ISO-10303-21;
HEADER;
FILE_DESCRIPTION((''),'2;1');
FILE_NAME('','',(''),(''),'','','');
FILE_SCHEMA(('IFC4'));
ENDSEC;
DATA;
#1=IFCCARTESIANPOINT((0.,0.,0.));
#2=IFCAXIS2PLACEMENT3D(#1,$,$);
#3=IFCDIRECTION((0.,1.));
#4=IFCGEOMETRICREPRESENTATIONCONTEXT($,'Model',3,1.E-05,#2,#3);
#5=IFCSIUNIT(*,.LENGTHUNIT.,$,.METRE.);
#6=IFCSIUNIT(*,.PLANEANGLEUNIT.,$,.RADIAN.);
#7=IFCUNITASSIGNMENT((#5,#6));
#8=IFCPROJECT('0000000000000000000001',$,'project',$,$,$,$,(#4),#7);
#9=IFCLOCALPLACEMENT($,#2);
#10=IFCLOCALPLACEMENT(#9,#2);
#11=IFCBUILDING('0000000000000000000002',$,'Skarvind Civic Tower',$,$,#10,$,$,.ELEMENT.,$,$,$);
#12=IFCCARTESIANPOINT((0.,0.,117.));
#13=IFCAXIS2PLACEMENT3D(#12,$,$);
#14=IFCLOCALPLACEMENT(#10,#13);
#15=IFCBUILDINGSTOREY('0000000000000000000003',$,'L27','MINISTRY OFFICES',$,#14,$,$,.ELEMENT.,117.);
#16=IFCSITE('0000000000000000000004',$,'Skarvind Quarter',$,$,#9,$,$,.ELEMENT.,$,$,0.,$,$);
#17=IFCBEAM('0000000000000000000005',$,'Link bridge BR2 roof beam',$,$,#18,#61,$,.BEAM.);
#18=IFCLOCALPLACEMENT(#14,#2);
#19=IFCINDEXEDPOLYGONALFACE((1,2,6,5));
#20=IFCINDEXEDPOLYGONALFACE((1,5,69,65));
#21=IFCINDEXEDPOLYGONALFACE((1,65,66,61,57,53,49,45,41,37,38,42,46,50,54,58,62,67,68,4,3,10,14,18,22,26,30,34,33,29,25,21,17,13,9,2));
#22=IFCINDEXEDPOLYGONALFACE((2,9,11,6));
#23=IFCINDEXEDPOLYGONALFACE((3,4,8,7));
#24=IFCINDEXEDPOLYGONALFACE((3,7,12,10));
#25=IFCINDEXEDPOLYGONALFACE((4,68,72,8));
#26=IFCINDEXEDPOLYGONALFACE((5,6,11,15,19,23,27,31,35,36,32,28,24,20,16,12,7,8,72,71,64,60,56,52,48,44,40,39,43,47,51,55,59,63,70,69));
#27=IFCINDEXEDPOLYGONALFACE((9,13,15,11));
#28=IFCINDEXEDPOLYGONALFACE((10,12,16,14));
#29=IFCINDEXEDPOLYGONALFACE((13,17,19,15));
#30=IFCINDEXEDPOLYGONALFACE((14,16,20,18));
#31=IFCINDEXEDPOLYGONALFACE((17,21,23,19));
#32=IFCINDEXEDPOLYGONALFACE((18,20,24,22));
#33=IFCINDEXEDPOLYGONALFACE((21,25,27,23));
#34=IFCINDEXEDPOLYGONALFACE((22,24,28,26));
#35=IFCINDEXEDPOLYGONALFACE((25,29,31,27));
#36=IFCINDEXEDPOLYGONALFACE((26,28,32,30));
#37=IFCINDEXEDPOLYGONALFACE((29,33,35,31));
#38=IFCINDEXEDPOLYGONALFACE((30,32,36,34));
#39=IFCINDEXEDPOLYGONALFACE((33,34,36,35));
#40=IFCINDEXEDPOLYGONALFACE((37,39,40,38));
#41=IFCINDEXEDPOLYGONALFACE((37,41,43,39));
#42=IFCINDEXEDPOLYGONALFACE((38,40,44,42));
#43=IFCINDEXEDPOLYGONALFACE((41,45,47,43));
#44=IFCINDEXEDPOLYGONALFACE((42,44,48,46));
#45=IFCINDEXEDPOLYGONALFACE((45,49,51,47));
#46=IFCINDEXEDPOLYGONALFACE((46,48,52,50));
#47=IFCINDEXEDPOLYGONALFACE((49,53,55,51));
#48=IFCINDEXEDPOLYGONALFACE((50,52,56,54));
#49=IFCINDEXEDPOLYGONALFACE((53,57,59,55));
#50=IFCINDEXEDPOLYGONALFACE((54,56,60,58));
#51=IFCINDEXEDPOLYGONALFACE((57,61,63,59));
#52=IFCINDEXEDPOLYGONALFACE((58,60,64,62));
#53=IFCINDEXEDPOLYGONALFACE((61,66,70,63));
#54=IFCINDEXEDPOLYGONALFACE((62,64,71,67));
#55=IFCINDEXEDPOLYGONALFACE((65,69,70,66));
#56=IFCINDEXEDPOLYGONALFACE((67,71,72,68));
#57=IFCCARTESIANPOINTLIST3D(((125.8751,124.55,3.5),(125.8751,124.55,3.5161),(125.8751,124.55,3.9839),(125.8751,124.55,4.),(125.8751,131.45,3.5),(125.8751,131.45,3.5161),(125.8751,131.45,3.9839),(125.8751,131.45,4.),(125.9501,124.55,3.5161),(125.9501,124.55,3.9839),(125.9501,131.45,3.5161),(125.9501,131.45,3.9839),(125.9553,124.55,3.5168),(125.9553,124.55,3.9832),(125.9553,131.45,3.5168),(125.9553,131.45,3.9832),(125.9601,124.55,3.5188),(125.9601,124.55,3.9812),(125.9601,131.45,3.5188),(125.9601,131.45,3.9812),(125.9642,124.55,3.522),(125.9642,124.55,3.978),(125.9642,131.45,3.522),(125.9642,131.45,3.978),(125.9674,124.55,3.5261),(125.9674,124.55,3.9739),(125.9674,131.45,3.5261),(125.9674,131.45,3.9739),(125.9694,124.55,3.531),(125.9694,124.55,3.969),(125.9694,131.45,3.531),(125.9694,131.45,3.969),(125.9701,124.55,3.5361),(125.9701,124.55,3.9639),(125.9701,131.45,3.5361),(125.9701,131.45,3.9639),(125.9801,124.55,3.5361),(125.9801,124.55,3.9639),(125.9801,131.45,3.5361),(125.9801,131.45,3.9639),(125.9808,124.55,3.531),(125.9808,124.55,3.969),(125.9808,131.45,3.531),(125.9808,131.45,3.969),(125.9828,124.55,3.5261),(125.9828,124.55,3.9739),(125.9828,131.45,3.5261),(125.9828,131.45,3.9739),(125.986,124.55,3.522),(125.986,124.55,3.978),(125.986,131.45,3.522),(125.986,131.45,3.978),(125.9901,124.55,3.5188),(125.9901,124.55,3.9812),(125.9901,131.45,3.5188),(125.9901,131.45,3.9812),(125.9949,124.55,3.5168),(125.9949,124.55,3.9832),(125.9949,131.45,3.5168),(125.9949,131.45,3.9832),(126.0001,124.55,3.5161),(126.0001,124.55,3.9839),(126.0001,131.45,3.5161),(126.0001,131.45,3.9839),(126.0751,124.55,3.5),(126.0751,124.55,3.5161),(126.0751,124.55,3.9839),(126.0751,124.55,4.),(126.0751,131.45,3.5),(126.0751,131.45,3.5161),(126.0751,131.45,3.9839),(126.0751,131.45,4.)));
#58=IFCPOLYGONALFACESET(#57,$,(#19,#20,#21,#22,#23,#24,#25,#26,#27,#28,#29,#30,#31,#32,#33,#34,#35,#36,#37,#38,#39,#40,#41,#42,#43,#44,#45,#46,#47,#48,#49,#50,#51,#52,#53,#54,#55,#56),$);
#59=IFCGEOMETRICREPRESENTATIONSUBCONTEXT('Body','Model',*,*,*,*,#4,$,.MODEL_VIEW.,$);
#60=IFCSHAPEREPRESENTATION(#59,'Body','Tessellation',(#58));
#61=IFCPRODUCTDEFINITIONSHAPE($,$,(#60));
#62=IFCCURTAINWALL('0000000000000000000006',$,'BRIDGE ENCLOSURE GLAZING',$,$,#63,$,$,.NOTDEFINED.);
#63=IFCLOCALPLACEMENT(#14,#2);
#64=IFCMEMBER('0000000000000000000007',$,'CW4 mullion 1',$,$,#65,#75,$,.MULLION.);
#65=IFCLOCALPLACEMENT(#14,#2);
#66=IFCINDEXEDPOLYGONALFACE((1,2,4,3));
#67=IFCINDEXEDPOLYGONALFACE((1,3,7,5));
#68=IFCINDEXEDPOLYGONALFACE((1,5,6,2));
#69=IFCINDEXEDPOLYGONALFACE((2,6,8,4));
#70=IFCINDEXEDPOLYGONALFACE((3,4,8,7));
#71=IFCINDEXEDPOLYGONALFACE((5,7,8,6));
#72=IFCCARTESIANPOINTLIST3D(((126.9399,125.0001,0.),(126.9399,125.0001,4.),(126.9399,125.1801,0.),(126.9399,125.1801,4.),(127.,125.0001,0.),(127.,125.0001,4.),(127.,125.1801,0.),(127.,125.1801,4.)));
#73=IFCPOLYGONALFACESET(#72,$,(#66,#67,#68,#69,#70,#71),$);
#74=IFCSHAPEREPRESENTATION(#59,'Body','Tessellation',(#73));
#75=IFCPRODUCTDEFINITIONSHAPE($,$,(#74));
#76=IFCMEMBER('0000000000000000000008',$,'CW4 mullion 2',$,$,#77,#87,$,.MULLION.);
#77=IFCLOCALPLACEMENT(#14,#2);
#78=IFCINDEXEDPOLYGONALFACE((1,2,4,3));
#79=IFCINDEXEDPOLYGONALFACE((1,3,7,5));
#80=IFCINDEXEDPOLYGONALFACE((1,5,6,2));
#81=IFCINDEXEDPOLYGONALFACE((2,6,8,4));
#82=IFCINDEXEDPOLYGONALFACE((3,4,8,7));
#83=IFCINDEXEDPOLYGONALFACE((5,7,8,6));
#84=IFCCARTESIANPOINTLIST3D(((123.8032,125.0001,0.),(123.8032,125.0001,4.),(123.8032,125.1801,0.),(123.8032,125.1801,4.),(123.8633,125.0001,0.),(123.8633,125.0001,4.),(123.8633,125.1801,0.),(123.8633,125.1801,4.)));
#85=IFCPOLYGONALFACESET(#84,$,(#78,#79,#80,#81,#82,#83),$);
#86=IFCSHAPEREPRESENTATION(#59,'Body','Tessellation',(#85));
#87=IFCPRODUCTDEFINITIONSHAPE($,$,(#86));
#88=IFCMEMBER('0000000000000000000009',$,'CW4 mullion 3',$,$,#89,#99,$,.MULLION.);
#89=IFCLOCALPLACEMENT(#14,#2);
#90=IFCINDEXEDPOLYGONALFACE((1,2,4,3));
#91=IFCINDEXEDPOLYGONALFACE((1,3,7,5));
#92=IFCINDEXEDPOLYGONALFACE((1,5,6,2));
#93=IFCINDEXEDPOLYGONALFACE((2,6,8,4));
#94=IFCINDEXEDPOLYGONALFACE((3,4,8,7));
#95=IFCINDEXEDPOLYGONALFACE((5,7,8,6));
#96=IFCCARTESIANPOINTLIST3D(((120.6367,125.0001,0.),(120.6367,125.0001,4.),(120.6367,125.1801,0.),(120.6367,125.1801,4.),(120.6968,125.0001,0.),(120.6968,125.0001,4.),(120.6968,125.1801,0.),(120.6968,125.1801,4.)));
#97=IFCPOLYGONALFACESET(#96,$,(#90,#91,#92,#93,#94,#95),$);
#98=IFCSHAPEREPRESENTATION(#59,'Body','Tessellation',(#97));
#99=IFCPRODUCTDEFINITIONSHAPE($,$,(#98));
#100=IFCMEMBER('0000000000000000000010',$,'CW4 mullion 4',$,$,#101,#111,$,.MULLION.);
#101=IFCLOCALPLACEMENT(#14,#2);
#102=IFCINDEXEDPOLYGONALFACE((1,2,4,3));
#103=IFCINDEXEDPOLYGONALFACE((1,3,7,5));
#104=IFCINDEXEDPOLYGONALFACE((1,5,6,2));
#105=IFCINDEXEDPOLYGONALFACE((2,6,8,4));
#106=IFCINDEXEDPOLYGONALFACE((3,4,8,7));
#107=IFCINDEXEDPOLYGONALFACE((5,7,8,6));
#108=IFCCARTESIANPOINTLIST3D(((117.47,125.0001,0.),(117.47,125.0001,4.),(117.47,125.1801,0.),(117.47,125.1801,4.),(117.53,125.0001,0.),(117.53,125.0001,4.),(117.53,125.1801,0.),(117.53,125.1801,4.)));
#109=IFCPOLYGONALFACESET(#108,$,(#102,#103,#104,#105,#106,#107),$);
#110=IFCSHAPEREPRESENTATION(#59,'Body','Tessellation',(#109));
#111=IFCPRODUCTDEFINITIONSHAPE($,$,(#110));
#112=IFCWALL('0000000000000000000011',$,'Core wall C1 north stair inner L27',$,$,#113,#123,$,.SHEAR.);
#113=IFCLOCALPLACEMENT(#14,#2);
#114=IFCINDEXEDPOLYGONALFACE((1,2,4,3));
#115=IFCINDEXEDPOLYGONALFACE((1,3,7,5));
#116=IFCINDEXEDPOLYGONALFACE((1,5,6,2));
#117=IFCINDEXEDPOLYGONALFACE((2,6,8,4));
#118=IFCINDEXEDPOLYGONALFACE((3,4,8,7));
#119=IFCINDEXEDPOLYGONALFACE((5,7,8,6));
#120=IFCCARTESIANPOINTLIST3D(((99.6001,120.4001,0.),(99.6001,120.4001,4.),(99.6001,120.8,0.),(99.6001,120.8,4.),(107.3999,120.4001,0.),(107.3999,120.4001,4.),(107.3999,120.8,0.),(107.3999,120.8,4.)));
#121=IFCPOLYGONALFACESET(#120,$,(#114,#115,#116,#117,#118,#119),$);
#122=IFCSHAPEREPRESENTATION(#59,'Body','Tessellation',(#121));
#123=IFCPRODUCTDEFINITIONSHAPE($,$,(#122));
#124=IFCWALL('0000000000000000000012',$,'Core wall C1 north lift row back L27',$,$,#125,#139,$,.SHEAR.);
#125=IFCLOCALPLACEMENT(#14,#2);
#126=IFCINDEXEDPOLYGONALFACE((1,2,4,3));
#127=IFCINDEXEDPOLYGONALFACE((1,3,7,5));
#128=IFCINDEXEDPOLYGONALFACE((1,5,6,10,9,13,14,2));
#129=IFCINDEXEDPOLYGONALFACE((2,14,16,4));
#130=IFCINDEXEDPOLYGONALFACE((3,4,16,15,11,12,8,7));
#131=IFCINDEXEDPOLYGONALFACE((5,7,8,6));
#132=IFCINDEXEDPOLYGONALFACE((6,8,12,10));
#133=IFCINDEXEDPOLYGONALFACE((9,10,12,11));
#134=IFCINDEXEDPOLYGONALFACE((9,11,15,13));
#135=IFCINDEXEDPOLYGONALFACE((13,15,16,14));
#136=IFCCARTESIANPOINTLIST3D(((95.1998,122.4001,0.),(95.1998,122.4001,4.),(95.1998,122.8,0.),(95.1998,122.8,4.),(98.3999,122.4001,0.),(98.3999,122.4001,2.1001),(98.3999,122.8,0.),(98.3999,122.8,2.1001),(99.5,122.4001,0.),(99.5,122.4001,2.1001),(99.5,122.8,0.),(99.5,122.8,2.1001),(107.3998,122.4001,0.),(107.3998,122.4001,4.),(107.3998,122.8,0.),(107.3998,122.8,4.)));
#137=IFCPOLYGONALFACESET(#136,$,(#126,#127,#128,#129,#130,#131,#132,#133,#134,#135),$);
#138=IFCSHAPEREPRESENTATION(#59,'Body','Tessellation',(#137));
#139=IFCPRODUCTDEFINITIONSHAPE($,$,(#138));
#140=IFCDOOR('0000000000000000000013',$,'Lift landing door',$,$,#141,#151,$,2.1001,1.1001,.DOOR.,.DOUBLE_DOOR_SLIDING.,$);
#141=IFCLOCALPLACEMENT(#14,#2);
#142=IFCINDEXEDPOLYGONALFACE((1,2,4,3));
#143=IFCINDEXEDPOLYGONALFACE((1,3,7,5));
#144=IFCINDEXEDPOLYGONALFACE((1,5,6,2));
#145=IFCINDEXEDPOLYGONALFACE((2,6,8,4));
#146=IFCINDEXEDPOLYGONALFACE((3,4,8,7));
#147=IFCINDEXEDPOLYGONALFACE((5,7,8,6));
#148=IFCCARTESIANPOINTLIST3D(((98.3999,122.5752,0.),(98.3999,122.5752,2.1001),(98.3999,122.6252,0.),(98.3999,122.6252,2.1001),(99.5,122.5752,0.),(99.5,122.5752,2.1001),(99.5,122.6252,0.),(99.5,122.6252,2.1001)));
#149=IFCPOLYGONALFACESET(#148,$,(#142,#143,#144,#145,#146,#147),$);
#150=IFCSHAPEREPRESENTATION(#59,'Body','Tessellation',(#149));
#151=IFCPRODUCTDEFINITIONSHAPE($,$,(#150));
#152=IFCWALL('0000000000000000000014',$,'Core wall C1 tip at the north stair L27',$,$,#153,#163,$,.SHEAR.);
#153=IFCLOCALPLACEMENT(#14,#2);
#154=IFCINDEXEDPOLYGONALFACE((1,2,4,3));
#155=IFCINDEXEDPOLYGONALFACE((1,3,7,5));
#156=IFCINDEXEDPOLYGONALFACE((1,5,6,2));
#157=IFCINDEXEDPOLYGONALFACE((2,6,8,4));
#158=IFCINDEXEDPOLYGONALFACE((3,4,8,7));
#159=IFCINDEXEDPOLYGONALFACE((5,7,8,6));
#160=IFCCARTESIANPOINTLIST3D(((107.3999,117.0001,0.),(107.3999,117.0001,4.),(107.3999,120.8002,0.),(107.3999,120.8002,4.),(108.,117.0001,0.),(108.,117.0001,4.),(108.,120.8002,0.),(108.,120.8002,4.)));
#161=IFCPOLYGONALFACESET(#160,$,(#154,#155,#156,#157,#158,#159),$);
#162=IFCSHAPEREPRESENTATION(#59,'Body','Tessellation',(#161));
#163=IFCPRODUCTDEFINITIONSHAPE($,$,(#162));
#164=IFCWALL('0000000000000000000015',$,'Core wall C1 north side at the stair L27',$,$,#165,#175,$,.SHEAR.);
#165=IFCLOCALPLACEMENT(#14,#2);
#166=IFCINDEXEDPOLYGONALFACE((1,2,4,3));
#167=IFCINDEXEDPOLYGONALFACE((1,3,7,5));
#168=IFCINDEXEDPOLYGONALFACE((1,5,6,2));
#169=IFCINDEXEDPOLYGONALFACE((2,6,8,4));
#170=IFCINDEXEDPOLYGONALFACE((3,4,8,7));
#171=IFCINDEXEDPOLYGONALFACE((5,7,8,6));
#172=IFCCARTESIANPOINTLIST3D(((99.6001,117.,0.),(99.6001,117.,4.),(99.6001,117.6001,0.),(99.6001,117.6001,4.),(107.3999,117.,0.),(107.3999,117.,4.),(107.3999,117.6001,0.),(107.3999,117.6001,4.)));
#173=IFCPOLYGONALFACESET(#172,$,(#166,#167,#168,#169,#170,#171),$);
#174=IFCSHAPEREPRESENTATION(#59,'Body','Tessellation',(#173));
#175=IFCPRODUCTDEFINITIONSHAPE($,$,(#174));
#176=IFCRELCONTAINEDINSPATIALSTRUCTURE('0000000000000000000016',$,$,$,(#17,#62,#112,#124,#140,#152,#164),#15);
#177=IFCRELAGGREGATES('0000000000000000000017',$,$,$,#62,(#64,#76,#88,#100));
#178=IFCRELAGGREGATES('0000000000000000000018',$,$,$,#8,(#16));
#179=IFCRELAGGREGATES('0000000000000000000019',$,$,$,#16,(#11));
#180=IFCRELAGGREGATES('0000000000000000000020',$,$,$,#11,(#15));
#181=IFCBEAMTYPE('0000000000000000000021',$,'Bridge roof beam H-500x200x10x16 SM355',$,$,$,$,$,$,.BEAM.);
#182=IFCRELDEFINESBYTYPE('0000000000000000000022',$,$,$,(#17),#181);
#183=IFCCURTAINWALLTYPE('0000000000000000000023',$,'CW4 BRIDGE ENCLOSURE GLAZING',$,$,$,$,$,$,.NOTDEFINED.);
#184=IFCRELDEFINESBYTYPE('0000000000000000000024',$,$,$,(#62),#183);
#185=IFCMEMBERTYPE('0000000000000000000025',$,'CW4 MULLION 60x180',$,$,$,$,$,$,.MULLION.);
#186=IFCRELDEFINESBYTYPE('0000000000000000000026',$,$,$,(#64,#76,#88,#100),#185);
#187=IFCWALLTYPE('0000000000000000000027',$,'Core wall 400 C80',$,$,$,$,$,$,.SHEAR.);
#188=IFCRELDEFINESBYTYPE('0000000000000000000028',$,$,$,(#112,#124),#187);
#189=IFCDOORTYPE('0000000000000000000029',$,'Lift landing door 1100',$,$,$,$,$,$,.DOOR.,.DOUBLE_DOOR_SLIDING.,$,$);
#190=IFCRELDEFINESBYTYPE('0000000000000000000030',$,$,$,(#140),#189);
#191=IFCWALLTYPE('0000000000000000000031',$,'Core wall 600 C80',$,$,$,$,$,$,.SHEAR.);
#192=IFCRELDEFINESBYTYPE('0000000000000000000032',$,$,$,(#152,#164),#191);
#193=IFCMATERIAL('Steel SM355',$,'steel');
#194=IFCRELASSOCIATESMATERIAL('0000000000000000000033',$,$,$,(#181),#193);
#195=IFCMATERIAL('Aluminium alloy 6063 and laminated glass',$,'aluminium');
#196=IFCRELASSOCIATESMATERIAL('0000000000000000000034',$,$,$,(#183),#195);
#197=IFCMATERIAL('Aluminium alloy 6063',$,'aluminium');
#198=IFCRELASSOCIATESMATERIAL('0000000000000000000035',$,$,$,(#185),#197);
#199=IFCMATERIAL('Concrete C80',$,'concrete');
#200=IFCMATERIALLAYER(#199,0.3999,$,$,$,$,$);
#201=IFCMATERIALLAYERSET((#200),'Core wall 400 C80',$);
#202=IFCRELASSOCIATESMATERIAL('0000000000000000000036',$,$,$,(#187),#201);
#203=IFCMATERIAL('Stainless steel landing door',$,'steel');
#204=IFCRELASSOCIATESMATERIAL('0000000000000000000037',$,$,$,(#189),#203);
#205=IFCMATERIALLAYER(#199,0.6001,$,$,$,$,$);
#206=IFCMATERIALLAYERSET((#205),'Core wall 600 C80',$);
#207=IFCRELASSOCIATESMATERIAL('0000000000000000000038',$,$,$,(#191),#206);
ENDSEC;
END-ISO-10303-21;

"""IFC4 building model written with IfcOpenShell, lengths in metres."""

from ifc_helpers import new_model, si_unit, direction, frame, frame_2d, origin, origin_2d, place, context, subcontext, project, spatial, rectangle, i_section, extrude, material, layer, layer_set, material_profile, profile_set, type_object, element, fill, aggregate, save


model = new_model("IFC4")

# Units and contexts
model_context = context("Model", 3, precision=1e-05, world=origin(), true_north=direction((0.0, 1.0)))
body_context = subcontext(model_context, "Body", "Model", "MODEL_VIEW")
ifc_project = project(units=[si_unit("LENGTHUNIT", "METRE"), si_unit("PLANEANGLEUNIT", "RADIAN")], contexts=[model_context])

# Site, building, storey
site_placement = place(None, origin())
site = spatial("IfcSite", under=ifc_project, at=site_placement, Name="Skarvind Quarter", CompositionType="ELEMENT", RefElevation=0.0)
building_placement = place(site_placement, origin())
building = spatial("IfcBuilding", under=site, at=building_placement, Name="Skarvind Civic Tower", CompositionType="ELEMENT")
storey_placement = place(building_placement, frame((0.0, 0.0, 117.0)))
storey = spatial("IfcBuildingStorey", under=building, at=storey_placement, Name="L27", Description="MINISTRY OFFICES", CompositionType="ELEMENT", Elevation=117.0)

# Shared definitions
ifc_material_1 = material(Name="Steel SM355", Category="steel")

# Beam
ifc_material_profile_1 = material_profile(ifc_material_1, i_section(OverallWidth=0.2, OverallDepth=0.5, WebThickness=0.01, FlangeThickness=0.0161, FilletRadius=0.02, at=origin_2d()), Name="H-500x200x10x16")
ifc_profile_set_1 = profile_set([ifc_material_profile_1], Name="Steel SM355")
beam_type = type_object("IfcBeamType", Name="Bridge roof beam H-500x200x10x16 SM355", PredefinedType="BEAM", material=ifc_profile_set_1)
for number, where, z_axis, x_axis, name in (
    (1, (125.9751, 124.55, 3.75), (0.0, 1.0, 0.0), (-1.0, 0.0, 0.0), "Link bridge BR2 roof beam"),
):
    element("IfcBeam", number, at=place(storey_placement, frame(where, z_axis=z_axis, x_axis=x_axis)), inside=storey, type_object=beam_type, Name=name, PredefinedType="BEAM", context=body_context, shape_type="SweptSolid", body=[
        extrude(i_section(OverallWidth=0.2, OverallDepth=0.5, WebThickness=0.01, FlangeThickness=0.0161, FilletRadius=0.02, at=origin_2d()), origin(), (0.0, 0.0, 1.0), 6.8999),
    ])

# Curtain wall, members
ifc_material_2 = material(Name="Aluminium alloy 6063 and laminated glass", Category="aluminium")
curtain_wall_type = type_object("IfcCurtainWallType", Name="CW4 BRIDGE ENCLOSURE GLAZING", PredefinedType="NOTDEFINED", material=ifc_material_2)
curtain_wall_placement = place(storey_placement, origin())
curtain_wall = element("IfcCurtainWall", 2, at=curtain_wall_placement, inside=storey, type_object=curtain_wall_type, Name="BRIDGE ENCLOSURE GLAZING", PredefinedType="NOTDEFINED")
ifc_material_3 = material(Name="Aluminium alloy 6063", Category="aluminium")
ifc_material_profile_2 = material_profile(ifc_material_3, rectangle(XDim=0.1799, YDim=0.0601, at=origin_2d()), Name="AL 60x180")
ifc_profile_set_2 = profile_set([ifc_material_profile_2], Name="Aluminium alloy 6063")
member_type_1 = type_object("IfcMemberType", Name="CW4 MULLION 60x180", PredefinedType="MULLION", material=ifc_profile_set_2)
member_1_placement = place(storey_placement, frame((126.97, 125.0901, 0.0), z_axis=(0.0, 0.0, 1.0), x_axis=(0.0, -1.0, 0.0)))
member_1 = element("IfcMember", 3, at=member_1_placement, type_object=member_type_1, Name="CW4 mullion 1", PredefinedType="MULLION", context=body_context, shape_type="SweptSolid", body=[
    extrude(rectangle(XDim=0.1799, YDim=0.0601, at=origin_2d()), origin(), (0.0, 0.0, 1.0), 4.0),
])
member_2_placement = place(storey_placement, frame((123.8333, 125.0901, 0.0), z_axis=(0.0, 0.0, 1.0), x_axis=(0.0, -1.0, 0.0)))
member_2 = element("IfcMember", 4, at=member_2_placement, type_object=member_type_1, Name="CW4 mullion 2", PredefinedType="MULLION", context=body_context, shape_type="SweptSolid", body=[
    extrude(rectangle(XDim=0.1799, YDim=0.0601, at=origin_2d()), origin(), (0.0, 0.0, 1.0), 4.0),
])
member_3_placement = place(storey_placement, frame((120.6667, 125.0901, 0.0), z_axis=(0.0, 0.0, 1.0), x_axis=(0.0, -1.0, 0.0)))
member_3 = element("IfcMember", 5, at=member_3_placement, type_object=member_type_1, Name="CW4 mullion 3", PredefinedType="MULLION", context=body_context, shape_type="SweptSolid", body=[
    extrude(rectangle(XDim=0.1799, YDim=0.0601, at=origin_2d()), origin(), (0.0, 0.0, 1.0), 4.0),
])
member_4_placement = place(storey_placement, frame((117.5, 125.0901, 0.0), z_axis=(0.0, 0.0, 1.0), x_axis=(0.0, -1.0, 0.0)))
member_4 = element("IfcMember", 6, at=member_4_placement, type_object=member_type_1, Name="CW4 mullion 4", PredefinedType="MULLION", context=body_context, shape_type="SweptSolid", body=[
    extrude(rectangle(XDim=0.1799, YDim=0.0601, at=origin_2d()), origin(), (0.0, 0.0, 1.0), 4.0),
])
aggregate(curtain_wall, [member_1, member_2, member_3, member_4])

# Wall
ifc_material_4 = material(Name="Concrete C80", Category="concrete")
ifc_layer_1 = layer(ifc_material_4, 0.3999)
ifc_layer_set_1 = layer_set([ifc_layer_1], Name="Core wall 400 C80")
wall_type_1 = type_object("IfcWallType", Name="Core wall 400 C80", PredefinedType="SHEAR", material=ifc_layer_set_1)
wall_1_placement = place(storey_placement, frame((107.3999, 120.6001, 0.0), z_axis=(0.0, 0.0, 1.0), x_axis=(-1.0, 0.0, 0.0)))
element("IfcWall", 7, at=wall_1_placement, inside=storey, type_object=wall_type_1, Name="Core wall C1 north stair inner L27", PredefinedType="SHEAR", context=body_context, shape_type="SweptSolid", body=[
    extrude(rectangle(XDim=7.7998, YDim=0.3999, at=frame_2d((3.8999, 0.0))), origin(), (0.0, 0.0, 1.0), 4.0),
])

# Wall, opening, door
wall_2_placement = place(storey_placement, frame((107.3999, 122.6001, 0.0), z_axis=(0.0, 0.0, 1.0), x_axis=(-1.0, 0.0, 0.0)))
wall_2 = element("IfcWall", 8, at=wall_2_placement, inside=storey, type_object=wall_type_1, Name="Core wall C1 north lift row back L27", PredefinedType="SHEAR", context=body_context, shape_type="SweptSolid", body=[
    extrude(rectangle(XDim=12.2, YDim=0.3999, at=frame_2d((6.1001, 0.0))), origin(), (0.0, 0.0, 1.0), 4.0),
])
opening_placement = place(wall_2_placement, frame((7.8999, 0.0, 0.0)))
opening = element("IfcOpeningElement", 9, at=opening_placement, cuts=wall_2, PredefinedType="OPENING", context=body_context, shape_type="SweptSolid", body=[
    extrude(rectangle(XDim=1.1001, YDim=2.1001, at=frame_2d((0.55, 1.05))), frame((0.0, 0.21, 0.0), z_axis=(0.0, -1.0, 0.0), x_axis=(1.0, 0.0, 0.0)), (0.0, 0.0, 1.0), 0.4199),
])
ifc_material_5 = material(Name="Stainless steel landing door", Category="steel")
door_type = type_object("IfcDoorType", Name="Lift landing door 1100", OperationType="DOUBLE_DOOR_SLIDING", PredefinedType="DOOR", material=ifc_material_5)
door_placement = place(opening_placement, origin())
door = element("IfcDoor", 10, at=door_placement, inside=storey, type_object=door_type, Name="Lift landing door", OperationType="DOUBLE_DOOR_SLIDING", OverallHeight=2.1001, OverallWidth=1.1001, PredefinedType="DOOR", context=body_context, shape_type="SweptSolid", body=[
    extrude(rectangle(XDim=1.1001, YDim=2.1001, at=frame_2d((0.55, 1.05))), frame((0.0, 0.0249, 0.0), z_axis=(0.0, -1.0, 0.0), x_axis=(1.0, 0.0, 0.0)), (0.0, 0.0, 1.0), 0.05),
])
fill(opening, door)

# Walls
ifc_layer_2 = layer(ifc_material_4, 0.6001)
ifc_layer_set_2 = layer_set([ifc_layer_2], Name="Core wall 600 C80")
wall_type_2 = type_object("IfcWallType", Name="Core wall 600 C80", PredefinedType="SHEAR", material=ifc_layer_set_2)
wall_3_placement = place(storey_placement, frame((107.7, 120.8, 0.0), z_axis=(0.0, 0.0, 1.0), x_axis=(0.0, -1.0, 0.0)))
element("IfcWall", 11, at=wall_3_placement, inside=storey, type_object=wall_type_2, Name="Core wall C1 tip at the north stair L27", PredefinedType="SHEAR", context=body_context, shape_type="SweptSolid", body=[
    extrude(rectangle(XDim=3.8, YDim=0.6001, at=frame_2d((1.8999, 0.0))), origin(), (0.0, 0.0, 1.0), 4.0),
])
wall_4_placement = place(storey_placement, frame((107.3999, 117.3, 0.0), z_axis=(0.0, 0.0, 1.0), x_axis=(-1.0, 0.0, 0.0)))
element("IfcWall", 12, at=wall_4_placement, inside=storey, type_object=wall_type_2, Name="Core wall C1 north side at the stair L27", PredefinedType="SHEAR", context=body_context, shape_type="SweptSolid", body=[
    extrude(rectangle(XDim=7.7998, YDim=0.6001, at=frame_2d((3.8999, 0.0))), origin(), (0.0, 0.0, 1.0), 4.0),
])

save(model, "model.ifc")
